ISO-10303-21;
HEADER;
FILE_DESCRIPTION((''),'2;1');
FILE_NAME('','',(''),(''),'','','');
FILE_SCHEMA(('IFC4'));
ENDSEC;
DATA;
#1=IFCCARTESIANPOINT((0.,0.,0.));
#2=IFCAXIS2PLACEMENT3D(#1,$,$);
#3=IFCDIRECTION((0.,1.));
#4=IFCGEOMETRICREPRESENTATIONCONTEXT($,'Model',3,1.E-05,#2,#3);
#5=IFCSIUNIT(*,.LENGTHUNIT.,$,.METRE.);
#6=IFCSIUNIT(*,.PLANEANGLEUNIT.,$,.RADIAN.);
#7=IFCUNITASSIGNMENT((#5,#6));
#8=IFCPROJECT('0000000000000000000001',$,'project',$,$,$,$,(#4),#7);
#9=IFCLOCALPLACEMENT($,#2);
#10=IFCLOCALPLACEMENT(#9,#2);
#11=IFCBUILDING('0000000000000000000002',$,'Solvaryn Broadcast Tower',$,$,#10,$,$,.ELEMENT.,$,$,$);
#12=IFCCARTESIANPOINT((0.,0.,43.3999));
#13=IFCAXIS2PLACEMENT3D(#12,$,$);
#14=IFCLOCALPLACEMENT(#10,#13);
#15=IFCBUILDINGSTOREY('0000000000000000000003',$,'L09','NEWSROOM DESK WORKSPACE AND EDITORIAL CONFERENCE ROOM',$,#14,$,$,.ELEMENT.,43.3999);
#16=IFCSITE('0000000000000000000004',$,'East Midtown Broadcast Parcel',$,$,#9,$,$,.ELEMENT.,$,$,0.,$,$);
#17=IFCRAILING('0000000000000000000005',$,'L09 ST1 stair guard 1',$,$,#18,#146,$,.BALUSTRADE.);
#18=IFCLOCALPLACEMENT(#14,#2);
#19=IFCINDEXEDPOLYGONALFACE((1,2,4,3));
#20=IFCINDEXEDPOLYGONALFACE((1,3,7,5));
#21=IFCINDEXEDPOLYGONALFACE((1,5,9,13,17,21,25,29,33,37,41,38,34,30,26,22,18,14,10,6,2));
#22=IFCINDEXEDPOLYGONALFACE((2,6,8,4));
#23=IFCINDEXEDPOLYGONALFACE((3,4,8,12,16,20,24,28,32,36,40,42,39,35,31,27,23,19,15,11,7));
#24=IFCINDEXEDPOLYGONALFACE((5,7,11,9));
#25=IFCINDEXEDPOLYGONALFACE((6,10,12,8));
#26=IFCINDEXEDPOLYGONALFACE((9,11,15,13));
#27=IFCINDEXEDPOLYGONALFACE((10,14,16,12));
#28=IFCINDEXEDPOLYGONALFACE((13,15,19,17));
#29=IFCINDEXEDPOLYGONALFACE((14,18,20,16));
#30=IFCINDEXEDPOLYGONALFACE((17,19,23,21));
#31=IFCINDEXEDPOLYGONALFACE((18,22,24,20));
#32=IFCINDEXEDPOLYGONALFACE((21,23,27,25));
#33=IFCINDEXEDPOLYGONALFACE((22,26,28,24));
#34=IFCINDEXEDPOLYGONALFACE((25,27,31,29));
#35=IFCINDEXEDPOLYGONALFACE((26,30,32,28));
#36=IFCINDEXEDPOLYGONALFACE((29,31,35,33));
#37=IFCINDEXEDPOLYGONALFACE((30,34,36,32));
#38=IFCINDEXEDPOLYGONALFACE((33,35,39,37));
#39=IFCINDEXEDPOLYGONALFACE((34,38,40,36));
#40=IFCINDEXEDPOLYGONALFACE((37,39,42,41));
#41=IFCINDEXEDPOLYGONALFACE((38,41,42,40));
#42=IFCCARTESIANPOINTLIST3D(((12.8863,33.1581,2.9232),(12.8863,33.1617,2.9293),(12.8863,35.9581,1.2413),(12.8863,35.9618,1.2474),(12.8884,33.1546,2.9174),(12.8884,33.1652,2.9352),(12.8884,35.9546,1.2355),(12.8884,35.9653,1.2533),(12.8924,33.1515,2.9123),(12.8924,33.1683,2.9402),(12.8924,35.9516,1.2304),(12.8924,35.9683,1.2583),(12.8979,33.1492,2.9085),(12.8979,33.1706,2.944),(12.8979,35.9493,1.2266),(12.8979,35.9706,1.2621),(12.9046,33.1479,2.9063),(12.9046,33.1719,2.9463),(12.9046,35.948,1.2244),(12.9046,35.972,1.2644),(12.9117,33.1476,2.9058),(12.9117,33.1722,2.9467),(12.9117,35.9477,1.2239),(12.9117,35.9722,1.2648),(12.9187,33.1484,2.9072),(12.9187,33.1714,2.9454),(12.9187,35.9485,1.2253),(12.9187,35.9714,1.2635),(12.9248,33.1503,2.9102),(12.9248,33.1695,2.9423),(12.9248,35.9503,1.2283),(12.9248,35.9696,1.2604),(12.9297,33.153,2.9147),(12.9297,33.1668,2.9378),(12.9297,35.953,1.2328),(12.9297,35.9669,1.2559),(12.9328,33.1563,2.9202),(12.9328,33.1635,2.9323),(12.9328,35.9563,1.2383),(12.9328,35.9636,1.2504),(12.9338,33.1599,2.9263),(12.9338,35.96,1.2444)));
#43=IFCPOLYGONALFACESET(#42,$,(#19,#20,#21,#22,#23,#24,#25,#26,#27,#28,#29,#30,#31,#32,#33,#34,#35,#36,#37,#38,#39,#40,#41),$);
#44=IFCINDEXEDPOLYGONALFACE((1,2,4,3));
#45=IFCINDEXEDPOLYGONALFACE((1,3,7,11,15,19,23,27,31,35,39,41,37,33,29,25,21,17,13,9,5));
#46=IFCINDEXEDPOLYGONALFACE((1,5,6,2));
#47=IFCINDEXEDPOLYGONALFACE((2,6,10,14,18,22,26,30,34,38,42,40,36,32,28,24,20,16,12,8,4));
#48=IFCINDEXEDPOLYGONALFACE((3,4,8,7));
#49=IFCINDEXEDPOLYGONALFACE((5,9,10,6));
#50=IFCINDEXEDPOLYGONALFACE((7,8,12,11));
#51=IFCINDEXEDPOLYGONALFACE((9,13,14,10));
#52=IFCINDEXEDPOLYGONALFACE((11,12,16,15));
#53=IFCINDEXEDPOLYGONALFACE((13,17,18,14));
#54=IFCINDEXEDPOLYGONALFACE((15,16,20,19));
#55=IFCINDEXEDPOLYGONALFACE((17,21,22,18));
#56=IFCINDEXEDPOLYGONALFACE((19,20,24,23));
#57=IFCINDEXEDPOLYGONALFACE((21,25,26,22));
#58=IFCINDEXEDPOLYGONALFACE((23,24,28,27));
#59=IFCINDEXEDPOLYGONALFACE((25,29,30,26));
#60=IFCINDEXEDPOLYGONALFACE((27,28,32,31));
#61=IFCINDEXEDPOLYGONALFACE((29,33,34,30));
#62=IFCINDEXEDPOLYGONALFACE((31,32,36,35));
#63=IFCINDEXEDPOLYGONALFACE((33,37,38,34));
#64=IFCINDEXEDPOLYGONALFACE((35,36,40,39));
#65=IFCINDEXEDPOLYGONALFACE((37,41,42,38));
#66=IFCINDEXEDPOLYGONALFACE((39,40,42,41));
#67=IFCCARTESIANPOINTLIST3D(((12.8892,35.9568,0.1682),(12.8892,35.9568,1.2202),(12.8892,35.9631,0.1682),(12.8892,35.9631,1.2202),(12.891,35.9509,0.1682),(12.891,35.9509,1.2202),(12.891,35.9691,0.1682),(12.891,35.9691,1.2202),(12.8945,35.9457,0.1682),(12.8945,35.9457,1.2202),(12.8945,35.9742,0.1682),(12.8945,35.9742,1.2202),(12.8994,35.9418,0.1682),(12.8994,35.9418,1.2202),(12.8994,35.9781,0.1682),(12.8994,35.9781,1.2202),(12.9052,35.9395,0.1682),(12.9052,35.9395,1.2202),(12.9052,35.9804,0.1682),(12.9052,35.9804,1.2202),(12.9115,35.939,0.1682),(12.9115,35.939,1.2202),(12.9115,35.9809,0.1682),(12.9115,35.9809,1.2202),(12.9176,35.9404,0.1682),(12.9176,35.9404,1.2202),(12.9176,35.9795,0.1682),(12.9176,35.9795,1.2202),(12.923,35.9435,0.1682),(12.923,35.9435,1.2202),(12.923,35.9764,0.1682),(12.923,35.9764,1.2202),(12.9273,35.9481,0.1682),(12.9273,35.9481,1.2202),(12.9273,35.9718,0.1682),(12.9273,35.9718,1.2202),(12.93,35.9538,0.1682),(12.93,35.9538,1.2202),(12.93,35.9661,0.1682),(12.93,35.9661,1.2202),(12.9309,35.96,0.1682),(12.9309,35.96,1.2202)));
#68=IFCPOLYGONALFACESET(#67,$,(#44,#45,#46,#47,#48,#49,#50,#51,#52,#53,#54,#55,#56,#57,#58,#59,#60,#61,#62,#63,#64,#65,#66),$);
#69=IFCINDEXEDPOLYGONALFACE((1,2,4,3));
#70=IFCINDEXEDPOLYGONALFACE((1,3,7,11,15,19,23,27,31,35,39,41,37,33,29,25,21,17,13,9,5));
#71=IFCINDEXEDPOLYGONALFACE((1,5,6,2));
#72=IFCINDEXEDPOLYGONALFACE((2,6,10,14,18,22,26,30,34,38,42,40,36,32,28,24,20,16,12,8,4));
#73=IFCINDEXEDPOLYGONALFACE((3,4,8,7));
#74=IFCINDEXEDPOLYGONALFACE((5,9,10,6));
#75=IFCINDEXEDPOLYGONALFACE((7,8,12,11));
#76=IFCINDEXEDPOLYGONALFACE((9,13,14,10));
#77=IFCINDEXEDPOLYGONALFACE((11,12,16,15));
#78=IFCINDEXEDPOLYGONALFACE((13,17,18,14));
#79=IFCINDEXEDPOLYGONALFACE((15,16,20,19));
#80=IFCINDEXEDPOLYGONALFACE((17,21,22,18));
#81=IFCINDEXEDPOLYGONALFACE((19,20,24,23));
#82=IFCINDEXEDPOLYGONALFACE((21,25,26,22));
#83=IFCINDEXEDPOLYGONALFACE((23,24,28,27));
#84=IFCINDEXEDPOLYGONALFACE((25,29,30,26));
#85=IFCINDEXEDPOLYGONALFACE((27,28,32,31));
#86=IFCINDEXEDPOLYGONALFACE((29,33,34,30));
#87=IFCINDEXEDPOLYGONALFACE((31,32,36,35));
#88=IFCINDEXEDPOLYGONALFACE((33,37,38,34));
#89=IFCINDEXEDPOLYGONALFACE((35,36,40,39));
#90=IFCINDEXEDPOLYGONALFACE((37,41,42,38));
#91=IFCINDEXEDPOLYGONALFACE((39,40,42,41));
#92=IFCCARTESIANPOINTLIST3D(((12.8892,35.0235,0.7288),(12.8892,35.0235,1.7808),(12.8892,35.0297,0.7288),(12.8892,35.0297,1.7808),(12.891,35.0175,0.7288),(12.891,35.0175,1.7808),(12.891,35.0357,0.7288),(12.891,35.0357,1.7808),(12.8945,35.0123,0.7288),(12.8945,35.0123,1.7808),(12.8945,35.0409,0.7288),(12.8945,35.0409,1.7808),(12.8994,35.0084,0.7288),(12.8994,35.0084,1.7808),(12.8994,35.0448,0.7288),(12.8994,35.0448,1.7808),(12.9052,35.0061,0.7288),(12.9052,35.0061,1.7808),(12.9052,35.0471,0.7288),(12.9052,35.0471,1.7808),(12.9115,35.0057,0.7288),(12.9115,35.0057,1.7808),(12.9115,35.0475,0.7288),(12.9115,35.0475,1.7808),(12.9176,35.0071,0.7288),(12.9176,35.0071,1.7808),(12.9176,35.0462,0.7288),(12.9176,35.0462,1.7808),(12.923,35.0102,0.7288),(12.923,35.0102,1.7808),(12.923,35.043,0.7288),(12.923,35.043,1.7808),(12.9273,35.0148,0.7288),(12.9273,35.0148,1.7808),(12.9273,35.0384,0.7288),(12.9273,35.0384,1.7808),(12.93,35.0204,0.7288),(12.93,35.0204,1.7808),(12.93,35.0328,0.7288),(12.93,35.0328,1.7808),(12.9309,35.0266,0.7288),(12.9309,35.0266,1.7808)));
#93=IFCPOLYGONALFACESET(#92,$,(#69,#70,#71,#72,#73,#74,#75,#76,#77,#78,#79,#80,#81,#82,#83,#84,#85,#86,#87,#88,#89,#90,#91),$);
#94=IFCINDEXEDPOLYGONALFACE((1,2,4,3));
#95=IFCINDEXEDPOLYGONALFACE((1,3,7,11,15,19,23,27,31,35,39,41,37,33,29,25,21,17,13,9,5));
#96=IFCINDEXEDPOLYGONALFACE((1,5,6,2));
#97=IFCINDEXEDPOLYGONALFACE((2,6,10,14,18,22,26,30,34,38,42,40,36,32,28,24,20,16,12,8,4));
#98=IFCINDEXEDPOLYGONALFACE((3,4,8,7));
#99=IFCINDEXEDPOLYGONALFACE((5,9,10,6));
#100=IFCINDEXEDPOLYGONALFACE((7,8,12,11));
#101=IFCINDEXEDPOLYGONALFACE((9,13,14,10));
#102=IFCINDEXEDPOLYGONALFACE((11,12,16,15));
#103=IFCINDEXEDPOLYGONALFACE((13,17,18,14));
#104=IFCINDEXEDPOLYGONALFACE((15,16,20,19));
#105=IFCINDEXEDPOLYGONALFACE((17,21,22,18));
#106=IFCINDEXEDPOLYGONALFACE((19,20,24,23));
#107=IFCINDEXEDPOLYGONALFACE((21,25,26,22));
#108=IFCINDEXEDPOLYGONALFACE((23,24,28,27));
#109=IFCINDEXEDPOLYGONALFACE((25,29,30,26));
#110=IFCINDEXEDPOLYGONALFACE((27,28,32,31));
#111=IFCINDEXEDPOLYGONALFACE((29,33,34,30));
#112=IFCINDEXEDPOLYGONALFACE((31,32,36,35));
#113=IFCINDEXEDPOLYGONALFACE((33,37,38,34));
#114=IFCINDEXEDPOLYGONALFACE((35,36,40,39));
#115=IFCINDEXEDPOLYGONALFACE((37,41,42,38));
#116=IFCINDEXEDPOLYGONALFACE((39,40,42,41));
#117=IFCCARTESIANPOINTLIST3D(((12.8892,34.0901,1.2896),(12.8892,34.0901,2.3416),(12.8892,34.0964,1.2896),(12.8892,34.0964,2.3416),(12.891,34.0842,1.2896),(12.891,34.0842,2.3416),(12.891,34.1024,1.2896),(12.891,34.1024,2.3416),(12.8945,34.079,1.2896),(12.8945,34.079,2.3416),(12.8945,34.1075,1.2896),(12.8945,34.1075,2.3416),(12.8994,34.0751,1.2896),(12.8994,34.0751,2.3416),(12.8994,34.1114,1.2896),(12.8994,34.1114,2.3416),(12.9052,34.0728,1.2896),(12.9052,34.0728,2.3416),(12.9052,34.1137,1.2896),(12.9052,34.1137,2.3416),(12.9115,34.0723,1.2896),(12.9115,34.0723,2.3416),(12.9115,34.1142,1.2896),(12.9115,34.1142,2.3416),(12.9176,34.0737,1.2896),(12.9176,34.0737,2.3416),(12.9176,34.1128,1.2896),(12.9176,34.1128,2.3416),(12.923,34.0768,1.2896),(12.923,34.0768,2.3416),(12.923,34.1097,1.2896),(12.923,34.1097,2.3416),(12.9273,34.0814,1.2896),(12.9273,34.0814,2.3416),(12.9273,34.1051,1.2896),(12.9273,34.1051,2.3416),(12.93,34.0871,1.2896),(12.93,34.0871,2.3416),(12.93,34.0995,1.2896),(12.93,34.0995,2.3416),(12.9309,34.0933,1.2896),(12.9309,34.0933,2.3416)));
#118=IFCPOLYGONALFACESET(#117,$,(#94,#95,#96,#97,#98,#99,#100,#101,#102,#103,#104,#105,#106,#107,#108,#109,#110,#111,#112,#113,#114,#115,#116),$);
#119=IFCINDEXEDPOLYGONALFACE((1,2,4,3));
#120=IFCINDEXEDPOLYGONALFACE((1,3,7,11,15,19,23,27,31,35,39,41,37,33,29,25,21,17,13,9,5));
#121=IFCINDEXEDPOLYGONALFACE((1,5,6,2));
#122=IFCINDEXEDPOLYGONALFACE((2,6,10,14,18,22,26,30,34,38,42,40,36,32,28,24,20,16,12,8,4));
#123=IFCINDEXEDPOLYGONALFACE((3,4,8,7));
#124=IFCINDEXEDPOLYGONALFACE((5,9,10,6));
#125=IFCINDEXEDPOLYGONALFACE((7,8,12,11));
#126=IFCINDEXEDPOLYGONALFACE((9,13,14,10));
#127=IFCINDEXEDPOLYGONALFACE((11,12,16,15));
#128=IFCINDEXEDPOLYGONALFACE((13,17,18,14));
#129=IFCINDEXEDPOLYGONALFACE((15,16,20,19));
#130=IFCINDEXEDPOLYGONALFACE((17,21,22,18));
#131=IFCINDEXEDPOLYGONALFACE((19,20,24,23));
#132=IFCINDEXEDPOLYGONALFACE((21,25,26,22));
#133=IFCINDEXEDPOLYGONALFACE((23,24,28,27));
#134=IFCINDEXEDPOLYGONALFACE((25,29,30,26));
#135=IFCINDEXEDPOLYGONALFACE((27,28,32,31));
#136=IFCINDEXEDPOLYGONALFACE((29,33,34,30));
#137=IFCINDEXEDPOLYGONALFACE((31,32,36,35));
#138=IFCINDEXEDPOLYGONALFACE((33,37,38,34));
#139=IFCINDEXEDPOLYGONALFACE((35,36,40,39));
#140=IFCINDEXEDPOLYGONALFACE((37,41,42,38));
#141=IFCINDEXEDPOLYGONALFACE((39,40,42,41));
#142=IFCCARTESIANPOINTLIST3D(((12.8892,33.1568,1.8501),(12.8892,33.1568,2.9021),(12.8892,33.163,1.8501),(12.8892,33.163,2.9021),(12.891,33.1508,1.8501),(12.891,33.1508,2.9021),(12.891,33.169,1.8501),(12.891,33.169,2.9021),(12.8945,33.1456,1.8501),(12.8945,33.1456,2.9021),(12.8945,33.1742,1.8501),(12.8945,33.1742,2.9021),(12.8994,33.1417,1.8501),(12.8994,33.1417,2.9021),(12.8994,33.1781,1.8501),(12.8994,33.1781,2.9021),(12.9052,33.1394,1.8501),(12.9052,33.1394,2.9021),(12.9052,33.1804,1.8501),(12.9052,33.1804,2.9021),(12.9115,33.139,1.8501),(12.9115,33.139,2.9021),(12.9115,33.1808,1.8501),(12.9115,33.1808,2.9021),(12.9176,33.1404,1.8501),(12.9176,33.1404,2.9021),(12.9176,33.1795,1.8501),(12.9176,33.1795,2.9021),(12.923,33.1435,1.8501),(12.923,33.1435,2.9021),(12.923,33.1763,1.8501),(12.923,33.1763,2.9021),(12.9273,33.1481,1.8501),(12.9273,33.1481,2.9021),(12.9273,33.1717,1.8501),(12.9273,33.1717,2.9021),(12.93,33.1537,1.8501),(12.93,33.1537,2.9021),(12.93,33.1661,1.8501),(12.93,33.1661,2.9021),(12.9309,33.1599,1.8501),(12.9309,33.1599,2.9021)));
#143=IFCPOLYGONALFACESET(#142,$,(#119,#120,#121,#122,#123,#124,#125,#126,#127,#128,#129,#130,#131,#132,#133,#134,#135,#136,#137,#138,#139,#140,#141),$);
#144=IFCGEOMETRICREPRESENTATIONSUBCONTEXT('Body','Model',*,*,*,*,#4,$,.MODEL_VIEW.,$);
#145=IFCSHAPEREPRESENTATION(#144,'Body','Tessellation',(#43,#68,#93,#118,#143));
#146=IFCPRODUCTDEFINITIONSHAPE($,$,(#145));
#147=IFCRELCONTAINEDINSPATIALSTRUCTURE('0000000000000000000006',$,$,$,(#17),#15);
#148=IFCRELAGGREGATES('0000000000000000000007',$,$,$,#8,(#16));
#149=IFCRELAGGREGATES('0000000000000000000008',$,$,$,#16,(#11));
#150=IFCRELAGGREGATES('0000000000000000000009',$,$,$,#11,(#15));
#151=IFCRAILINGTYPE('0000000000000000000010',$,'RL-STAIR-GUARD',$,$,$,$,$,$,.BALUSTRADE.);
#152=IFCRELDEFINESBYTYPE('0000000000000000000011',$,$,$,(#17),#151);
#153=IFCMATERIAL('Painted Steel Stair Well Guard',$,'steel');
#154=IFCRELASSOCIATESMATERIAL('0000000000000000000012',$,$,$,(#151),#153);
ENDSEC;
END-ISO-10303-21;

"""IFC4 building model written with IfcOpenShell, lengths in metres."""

from ifc_helpers import new_model, si_unit, direction, frame, origin, origin_2d, place, context, subcontext, project, spatial, circle, extrude, material, type_object, element, save


model = new_model("IFC4")

# Units and contexts
model_context = context("Model", 3, precision=1e-05, world=origin(), true_north=direction((0.0, 1.0)))
body_context = subcontext(model_context, "Body", "Model", "MODEL_VIEW")
ifc_project = project(units=[si_unit("LENGTHUNIT", "METRE"), si_unit("PLANEANGLEUNIT", "RADIAN")], contexts=[model_context])

# Site, building, storey
site_placement = place(None, origin())
site = spatial("IfcSite", under=ifc_project, at=site_placement, Name="East Midtown Broadcast Parcel", CompositionType="ELEMENT", RefElevation=0.0)
building_placement = place(site_placement, origin())
building = spatial("IfcBuilding", under=site, at=building_placement, Name="Solvaryn Broadcast Tower", CompositionType="ELEMENT")
storey_placement = place(building_placement, frame((0.0, 0.0, 43.3999)))
storey = spatial("IfcBuildingStorey", under=building, at=storey_placement, Name="L09", Description="NEWSROOM DESK WORKSPACE AND EDITORIAL CONFERENCE ROOM", CompositionType="ELEMENT", Elevation=43.3999)

# Railing
ifc_material_1 = material(Name="Painted Steel Stair Well Guard", Category="steel")
railing_type_1 = type_object("IfcRailingType", Name="RL-STAIR-GUARD", PredefinedType="BALUSTRADE", material=ifc_material_1)
railing_1_placement = place(storey_placement, frame((12.9099, 35.96, 0.1682)))
element("IfcRailing", 1, at=railing_1_placement, inside=storey, type_object=railing_type_1, Name="L09 ST1 stair guard 1", PredefinedType="BALUSTRADE", context=body_context, shape_type="SweptSolid", body=[
    extrude(circle(Radius=0.0239, at=origin_2d()), frame((0.0, 0.0, 1.0762), z_axis=(0.0, -0.857242, 0.514913), x_axis=(1.0, 0.0, 0.0)), (0.0, 0.0, 1.0), 3.2664),
    extrude(circle(Radius=0.021, at=origin_2d()), origin(), (0.0, 0.0, 1.0), 1.052),
    extrude(circle(Radius=0.021, at=origin_2d()), frame((0.0, -0.9333, 0.5605)), (0.0, 0.0, 1.0), 1.052),
    extrude(circle(Radius=0.021, at=origin_2d()), frame((0.0, -1.8667, 1.1213)), (0.0, 0.0, 1.0), 1.052),
    extrude(circle(Radius=0.021, at=origin_2d()), frame((0.0, -2.8, 1.6819)), (0.0, 0.0, 1.0), 1.052),
])

save(model, "model.ifc")
